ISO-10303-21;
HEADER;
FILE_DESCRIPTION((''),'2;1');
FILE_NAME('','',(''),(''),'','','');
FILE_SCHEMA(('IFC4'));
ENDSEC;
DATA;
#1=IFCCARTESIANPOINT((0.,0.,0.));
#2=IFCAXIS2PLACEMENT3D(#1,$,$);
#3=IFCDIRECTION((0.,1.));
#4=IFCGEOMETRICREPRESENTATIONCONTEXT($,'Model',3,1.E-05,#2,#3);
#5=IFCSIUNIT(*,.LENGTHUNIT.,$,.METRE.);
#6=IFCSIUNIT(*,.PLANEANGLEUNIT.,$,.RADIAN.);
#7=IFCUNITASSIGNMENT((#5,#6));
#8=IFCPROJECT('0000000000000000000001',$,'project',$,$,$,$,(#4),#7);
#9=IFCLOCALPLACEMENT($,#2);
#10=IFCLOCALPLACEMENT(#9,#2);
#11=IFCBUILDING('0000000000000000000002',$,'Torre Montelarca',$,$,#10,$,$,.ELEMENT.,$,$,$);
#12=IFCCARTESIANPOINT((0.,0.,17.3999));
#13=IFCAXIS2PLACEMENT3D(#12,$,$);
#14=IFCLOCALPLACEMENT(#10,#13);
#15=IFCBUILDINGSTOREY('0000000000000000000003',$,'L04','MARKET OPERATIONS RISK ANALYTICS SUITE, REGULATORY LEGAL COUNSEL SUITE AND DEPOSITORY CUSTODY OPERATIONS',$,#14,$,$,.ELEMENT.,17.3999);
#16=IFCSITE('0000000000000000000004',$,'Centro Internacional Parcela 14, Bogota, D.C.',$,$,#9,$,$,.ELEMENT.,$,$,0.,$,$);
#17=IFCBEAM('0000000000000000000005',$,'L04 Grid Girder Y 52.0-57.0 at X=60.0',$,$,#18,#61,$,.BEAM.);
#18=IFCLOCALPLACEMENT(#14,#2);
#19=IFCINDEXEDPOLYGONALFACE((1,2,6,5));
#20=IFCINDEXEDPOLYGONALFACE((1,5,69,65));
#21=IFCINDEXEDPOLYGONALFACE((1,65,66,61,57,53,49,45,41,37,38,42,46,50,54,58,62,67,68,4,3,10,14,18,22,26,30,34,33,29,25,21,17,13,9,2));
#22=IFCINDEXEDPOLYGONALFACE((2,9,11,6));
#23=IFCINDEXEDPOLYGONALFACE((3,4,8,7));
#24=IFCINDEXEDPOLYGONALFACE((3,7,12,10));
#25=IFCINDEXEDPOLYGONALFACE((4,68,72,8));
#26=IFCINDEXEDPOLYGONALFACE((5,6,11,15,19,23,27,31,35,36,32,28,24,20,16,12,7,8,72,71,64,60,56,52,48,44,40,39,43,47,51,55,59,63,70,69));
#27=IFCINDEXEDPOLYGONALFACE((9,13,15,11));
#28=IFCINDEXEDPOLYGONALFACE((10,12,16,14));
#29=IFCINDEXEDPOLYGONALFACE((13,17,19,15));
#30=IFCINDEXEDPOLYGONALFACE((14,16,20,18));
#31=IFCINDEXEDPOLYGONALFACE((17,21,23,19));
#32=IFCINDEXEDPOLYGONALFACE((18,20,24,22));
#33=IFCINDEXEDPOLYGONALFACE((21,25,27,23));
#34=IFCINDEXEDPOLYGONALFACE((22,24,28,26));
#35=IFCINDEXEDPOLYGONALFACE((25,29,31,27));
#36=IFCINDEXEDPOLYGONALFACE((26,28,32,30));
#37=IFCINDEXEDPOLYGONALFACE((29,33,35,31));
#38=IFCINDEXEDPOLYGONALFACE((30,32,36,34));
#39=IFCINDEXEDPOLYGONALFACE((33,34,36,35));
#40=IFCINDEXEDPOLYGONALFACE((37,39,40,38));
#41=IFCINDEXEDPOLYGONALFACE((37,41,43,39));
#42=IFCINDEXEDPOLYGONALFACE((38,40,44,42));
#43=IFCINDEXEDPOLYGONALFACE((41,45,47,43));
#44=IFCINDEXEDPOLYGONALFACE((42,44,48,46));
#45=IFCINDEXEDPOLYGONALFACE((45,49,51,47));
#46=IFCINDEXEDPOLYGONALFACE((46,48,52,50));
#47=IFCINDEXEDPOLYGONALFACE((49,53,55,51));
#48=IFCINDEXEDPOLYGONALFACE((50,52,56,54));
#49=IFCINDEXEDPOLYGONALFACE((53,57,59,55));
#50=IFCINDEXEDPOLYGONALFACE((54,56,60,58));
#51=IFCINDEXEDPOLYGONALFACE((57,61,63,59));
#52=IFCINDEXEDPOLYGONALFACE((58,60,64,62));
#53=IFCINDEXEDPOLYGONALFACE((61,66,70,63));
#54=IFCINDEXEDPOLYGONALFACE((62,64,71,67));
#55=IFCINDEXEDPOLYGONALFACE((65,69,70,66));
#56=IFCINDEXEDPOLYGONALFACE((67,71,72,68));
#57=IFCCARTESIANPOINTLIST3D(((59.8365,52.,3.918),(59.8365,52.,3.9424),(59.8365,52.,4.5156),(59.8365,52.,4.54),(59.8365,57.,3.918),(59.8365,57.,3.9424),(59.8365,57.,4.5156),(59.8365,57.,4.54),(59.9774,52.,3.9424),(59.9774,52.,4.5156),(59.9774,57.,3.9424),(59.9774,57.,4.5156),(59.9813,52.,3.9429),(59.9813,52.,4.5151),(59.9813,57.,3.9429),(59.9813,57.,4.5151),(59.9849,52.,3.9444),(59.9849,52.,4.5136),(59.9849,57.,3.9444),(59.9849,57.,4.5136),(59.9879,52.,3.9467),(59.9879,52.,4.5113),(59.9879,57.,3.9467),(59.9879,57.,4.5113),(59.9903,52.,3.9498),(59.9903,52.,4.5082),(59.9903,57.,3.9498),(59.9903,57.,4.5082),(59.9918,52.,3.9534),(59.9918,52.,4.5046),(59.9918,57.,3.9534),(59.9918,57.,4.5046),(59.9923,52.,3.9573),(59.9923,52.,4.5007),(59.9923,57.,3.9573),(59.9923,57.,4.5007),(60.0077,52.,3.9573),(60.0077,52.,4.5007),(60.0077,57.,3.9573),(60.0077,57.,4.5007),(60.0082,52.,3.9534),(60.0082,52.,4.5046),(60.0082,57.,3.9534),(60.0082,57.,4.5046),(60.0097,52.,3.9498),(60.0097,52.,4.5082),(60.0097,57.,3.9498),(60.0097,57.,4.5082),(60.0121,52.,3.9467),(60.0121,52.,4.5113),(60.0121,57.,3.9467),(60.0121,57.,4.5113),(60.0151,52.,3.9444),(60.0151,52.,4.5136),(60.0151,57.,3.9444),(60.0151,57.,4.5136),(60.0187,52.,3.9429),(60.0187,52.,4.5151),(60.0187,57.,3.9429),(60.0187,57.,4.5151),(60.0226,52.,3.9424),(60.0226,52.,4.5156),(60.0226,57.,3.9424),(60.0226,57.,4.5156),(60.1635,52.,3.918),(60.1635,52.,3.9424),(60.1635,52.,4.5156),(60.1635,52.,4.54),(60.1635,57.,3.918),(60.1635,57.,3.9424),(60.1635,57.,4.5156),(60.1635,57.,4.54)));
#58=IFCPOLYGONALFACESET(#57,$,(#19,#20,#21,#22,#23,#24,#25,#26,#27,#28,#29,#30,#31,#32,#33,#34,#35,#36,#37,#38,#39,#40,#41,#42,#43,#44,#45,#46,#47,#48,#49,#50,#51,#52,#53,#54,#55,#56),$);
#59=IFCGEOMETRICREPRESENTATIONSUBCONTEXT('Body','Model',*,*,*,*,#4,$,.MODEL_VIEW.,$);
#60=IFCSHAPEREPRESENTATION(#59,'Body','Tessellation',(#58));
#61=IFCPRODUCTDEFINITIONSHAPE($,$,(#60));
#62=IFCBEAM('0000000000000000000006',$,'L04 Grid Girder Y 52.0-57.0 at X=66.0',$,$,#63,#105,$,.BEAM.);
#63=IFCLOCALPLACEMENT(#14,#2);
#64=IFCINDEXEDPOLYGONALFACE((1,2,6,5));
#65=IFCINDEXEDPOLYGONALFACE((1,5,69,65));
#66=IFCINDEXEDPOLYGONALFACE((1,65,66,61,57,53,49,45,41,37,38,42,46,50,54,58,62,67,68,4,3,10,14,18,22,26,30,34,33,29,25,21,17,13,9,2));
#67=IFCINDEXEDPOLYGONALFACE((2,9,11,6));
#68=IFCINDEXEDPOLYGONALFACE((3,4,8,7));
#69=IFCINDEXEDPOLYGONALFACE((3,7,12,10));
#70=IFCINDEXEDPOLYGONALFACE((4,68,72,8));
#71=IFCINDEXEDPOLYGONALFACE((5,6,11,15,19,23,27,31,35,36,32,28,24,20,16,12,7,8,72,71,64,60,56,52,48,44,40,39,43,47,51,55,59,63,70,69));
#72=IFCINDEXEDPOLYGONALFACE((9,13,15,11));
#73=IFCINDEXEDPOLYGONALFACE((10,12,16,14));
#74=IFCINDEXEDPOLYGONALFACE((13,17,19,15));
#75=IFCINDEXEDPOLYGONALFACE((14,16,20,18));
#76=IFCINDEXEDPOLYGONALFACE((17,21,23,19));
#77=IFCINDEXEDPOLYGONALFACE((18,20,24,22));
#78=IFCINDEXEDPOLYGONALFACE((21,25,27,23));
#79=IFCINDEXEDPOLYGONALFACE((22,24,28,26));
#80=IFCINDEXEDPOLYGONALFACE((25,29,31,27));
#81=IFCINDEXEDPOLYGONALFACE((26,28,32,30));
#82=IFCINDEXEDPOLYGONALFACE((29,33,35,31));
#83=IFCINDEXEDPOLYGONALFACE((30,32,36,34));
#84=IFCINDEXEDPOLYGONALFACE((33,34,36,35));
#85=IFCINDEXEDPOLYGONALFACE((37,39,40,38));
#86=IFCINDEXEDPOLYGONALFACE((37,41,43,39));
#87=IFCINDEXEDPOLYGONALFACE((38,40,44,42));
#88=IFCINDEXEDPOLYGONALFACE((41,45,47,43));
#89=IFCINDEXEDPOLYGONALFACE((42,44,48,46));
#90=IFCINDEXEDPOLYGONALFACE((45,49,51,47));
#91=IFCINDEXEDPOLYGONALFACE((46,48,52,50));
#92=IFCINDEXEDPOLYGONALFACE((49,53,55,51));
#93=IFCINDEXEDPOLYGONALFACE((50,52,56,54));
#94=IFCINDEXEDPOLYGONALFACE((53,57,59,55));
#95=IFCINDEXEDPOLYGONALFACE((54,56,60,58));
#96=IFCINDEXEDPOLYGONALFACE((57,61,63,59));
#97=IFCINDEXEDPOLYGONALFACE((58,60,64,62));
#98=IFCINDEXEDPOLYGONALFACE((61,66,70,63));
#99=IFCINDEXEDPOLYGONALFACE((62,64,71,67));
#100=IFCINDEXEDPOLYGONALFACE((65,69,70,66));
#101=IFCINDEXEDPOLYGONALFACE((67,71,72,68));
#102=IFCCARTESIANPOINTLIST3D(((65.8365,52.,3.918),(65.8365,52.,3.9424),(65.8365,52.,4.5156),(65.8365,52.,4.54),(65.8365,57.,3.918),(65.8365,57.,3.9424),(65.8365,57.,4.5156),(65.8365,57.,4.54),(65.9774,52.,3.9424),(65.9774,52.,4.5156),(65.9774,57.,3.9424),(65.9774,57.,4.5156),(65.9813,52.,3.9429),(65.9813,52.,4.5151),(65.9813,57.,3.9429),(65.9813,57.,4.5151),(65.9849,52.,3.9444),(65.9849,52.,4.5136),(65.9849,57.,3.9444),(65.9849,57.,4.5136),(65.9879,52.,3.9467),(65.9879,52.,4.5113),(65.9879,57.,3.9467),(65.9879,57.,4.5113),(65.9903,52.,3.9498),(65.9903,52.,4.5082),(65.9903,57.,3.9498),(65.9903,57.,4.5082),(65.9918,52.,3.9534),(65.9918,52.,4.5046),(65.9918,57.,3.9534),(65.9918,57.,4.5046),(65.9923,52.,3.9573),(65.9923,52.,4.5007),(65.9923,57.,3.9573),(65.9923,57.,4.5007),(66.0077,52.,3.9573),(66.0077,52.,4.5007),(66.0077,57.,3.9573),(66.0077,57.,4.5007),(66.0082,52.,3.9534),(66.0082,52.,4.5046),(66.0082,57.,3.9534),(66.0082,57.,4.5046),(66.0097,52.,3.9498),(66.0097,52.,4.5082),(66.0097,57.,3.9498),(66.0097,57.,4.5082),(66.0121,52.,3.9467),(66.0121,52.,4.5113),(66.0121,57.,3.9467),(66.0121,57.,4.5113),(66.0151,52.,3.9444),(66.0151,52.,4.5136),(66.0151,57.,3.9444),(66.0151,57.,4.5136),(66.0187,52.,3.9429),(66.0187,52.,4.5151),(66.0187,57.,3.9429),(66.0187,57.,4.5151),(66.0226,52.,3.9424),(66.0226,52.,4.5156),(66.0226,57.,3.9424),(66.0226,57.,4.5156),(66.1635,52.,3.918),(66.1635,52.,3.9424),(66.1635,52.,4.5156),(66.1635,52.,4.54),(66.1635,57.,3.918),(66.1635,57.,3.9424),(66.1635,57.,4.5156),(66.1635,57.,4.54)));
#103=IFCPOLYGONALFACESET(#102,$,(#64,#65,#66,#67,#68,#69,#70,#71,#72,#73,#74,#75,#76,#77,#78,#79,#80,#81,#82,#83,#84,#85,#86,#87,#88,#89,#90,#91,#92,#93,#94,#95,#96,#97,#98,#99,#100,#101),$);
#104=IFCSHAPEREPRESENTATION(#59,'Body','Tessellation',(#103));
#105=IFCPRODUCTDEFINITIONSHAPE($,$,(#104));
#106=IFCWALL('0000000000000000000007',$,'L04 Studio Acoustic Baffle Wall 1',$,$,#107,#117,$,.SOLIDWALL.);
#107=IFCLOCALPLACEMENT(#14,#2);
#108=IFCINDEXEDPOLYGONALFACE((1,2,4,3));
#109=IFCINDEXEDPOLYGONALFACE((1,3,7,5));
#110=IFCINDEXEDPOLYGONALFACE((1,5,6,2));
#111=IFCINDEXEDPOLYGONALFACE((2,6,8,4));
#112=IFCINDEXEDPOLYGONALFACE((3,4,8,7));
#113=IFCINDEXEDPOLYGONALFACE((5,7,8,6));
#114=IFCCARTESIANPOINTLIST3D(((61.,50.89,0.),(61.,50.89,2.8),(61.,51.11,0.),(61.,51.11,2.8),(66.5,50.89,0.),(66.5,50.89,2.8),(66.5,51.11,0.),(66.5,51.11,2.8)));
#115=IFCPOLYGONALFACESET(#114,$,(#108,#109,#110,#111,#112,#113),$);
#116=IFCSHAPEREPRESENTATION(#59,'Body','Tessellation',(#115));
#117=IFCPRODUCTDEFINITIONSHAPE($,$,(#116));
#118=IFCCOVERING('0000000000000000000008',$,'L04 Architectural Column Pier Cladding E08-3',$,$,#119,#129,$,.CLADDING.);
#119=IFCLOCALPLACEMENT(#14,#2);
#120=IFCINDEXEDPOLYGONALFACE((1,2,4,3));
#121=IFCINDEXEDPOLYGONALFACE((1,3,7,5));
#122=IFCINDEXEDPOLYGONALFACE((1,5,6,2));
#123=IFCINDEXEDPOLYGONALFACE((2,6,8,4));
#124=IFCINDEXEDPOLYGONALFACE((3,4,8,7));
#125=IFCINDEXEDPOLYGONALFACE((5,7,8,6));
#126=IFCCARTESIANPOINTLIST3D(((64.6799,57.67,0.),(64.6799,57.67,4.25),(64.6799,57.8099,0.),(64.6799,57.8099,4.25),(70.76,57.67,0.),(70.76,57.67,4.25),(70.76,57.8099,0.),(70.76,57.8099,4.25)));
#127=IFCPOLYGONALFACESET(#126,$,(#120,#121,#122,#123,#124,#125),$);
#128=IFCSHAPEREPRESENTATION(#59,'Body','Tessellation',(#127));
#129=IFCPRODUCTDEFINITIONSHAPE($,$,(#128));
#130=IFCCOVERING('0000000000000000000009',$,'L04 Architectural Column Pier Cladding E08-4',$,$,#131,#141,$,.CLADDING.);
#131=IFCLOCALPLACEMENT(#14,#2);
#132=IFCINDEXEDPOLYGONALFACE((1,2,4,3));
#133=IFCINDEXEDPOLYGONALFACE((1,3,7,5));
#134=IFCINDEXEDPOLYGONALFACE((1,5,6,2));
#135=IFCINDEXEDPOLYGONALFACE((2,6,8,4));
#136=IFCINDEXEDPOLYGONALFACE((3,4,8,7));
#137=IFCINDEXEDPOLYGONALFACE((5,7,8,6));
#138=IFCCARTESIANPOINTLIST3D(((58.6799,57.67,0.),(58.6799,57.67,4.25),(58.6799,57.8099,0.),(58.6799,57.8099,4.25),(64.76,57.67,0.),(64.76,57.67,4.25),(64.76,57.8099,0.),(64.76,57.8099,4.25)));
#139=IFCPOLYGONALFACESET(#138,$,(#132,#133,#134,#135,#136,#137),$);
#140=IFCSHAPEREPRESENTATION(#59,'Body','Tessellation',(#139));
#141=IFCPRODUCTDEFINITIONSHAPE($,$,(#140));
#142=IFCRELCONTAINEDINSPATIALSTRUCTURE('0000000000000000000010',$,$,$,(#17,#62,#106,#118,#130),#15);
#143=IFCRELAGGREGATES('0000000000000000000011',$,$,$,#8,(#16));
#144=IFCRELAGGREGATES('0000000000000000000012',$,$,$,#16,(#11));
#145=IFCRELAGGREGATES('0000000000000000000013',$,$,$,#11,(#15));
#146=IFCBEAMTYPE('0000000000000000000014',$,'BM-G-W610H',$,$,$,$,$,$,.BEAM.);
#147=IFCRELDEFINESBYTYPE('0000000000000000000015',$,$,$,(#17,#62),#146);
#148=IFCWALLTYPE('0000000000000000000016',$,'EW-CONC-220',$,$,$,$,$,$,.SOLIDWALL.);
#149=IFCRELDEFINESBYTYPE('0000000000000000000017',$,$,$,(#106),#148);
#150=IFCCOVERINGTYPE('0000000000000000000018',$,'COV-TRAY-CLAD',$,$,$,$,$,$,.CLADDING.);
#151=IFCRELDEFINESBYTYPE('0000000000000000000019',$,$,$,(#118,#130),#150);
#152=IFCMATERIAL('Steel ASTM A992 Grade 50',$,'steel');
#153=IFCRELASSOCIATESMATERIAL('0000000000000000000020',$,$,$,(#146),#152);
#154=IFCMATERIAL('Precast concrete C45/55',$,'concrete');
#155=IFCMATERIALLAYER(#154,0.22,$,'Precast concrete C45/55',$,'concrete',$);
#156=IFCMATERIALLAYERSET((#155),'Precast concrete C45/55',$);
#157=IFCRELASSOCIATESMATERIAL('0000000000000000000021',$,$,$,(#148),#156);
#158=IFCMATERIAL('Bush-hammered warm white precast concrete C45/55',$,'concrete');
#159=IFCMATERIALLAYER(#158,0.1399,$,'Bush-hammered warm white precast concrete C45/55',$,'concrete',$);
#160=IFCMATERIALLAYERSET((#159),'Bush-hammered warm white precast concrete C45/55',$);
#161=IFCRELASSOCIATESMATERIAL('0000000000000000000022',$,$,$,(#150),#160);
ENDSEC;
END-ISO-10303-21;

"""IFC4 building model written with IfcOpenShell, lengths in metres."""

from ifc_helpers import new_model, si_unit, direction, frame, frame_2d, origin, origin_2d, place, context, subcontext, project, spatial, rectangle, i_section, extrude, source, transform, mapped, material, layer, layer_set, material_profile, profile_set, type_object, element, save


model = new_model("IFC4")

# Units and contexts
model_context = context("Model", 3, precision=1e-05, world=origin(), true_north=direction((0.0, 1.0)))
body_context = subcontext(model_context, "Body", "Model", "MODEL_VIEW")
ifc_project = project(units=[si_unit("LENGTHUNIT", "METRE"), si_unit("PLANEANGLEUNIT", "RADIAN")], contexts=[model_context])

# Site, building, storey
site_placement = place(None, origin())
site = spatial("IfcSite", under=ifc_project, at=site_placement, Name="Centro Internacional Parcela 14, Bogota, D.C.", CompositionType="ELEMENT", RefElevation=0.0)
building_placement = place(site_placement, origin())
building = spatial("IfcBuilding", under=site, at=building_placement, Name="Torre Montelarca", CompositionType="ELEMENT")
storey_placement = place(building_placement, frame((0.0, 0.0, 17.3999)))
storey = spatial("IfcBuildingStorey", under=building, at=storey_placement, Name="L04", Description="MARKET OPERATIONS RISK ANALYTICS SUITE, REGULATORY LEGAL COUNSEL SUITE AND DEPOSITORY CUSTODY OPERATIONS", CompositionType="ELEMENT", Elevation=17.3999)

# Shared definitions
ifc_material_1 = material(Name="Steel ASTM A992 Grade 50", Category="steel")

# Beams
ifc_material_profile_1 = material_profile(ifc_material_1, i_section(OverallWidth=0.3269, OverallDepth=0.6221, WebThickness=0.0154, FlangeThickness=0.0244, FilletRadius=0.0149, at=origin_2d()), Name="W610X195", Category="steel")
ifc_profile_set_1 = profile_set([ifc_material_profile_1], Name="Steel ASTM A992 Grade 50")
beam_type_1 = type_object("IfcBeamType", Name="BM-G-W610H", PredefinedType="BEAM", material=ifc_profile_set_1)
shared_shape_1 = source(origin(), body_context, "Body", "SweptSolid", [
    extrude(i_section(OverallWidth=0.3269, OverallDepth=0.6221, WebThickness=0.0154, FlangeThickness=0.0244, FilletRadius=0.0149, at=origin_2d()), origin(), (0.0, 0.0, 1.0), 5.0),
])
for number, where, z_axis, x_axis, name in (
    (1, (60.0, 52.0, 4.229), (0.0, 1.0, 0.0), (-1.0, 0.0, 0.0), "L04 Grid Girder Y 52.0-57.0 at X=60.0"),
    (2, (66.0, 52.0, 4.229), (0.0, 1.0, 0.0), (-1.0, 0.0, 0.0), "L04 Grid Girder Y 52.0-57.0 at X=66.0"),
):
    element("IfcBeam", number, at=place(storey_placement, frame(where, z_axis=z_axis, x_axis=x_axis)), inside=storey, type_object=beam_type_1, Name=name, PredefinedType="BEAM", context=body_context, shape_type="MappedRepresentation", body=[
        mapped(shared_shape_1, transform((0.0, 0.0, 0.0), scale=1.0)),
    ])

# Wall
ifc_material_2 = material(Name="Precast concrete C45/55", Category="concrete")
ifc_layer_1 = layer(ifc_material_2, 0.22, Name="Precast concrete C45/55", Category="concrete")
ifc_layer_set_1 = layer_set([ifc_layer_1], Name="Precast concrete C45/55")
wall_type = type_object("IfcWallType", Name="EW-CONC-220", PredefinedType="SOLIDWALL", material=ifc_layer_set_1)
wall_placement = place(storey_placement, frame((61.0, 51.0, 0.0), z_axis=(0.0, 0.0, 1.0), x_axis=(1.0, 0.0, 0.0)))
element("IfcWall", 3, at=wall_placement, inside=storey, type_object=wall_type, Name="L04 Studio Acoustic Baffle Wall 1", PredefinedType="SOLIDWALL", context=body_context, shape_type="SweptSolid", body=[
    extrude(rectangle(XDim=5.5, YDim=0.22, at=frame_2d((2.75, 0.0))), origin(), (0.0, 0.0, 1.0), 2.8),
])

# Coverings
ifc_material_3 = material(Name="Bush-hammered warm white precast concrete C45/55", Category="concrete")
ifc_layer_2 = layer(ifc_material_3, 0.1399, Name="Bush-hammered warm white precast concrete C45/55", Category="concrete")
ifc_layer_set_2 = layer_set([ifc_layer_2], Name="Bush-hammered warm white precast concrete C45/55")
covering_type = type_object("IfcCoveringType", Name="COV-TRAY-CLAD", PredefinedType="CLADDING", material=ifc_layer_set_2)
shared_shape_2 = source(origin(), body_context, "Body", "SweptSolid", [
    extrude(rectangle(XDim=6.0801, YDim=0.1399, at=origin_2d()), origin(), (0.0, 0.0, 1.0), 4.25),
])
for number, where, z_axis, x_axis, name in (
    (4, (67.72, 57.74, 0.0), (0.0, 0.0, 1.0), (-1.0, 0.0, 0.0), "L04 Architectural Column Pier Cladding E08-3"),
    (5, (61.72, 57.74, 0.0), (0.0, 0.0, 1.0), (-1.0, 0.0, 0.0), "L04 Architectural Column Pier Cladding E08-4"),
):
    element("IfcCovering", number, at=place(storey_placement, frame(where, z_axis=z_axis, x_axis=x_axis)), inside=storey, type_object=covering_type, Name=name, PredefinedType="CLADDING", context=body_context, shape_type="MappedRepresentation", body=[
        mapped(shared_shape_2, transform((0.0, 0.0, 0.0), scale=1.0)),
    ])

save(model, "model.ifc")
